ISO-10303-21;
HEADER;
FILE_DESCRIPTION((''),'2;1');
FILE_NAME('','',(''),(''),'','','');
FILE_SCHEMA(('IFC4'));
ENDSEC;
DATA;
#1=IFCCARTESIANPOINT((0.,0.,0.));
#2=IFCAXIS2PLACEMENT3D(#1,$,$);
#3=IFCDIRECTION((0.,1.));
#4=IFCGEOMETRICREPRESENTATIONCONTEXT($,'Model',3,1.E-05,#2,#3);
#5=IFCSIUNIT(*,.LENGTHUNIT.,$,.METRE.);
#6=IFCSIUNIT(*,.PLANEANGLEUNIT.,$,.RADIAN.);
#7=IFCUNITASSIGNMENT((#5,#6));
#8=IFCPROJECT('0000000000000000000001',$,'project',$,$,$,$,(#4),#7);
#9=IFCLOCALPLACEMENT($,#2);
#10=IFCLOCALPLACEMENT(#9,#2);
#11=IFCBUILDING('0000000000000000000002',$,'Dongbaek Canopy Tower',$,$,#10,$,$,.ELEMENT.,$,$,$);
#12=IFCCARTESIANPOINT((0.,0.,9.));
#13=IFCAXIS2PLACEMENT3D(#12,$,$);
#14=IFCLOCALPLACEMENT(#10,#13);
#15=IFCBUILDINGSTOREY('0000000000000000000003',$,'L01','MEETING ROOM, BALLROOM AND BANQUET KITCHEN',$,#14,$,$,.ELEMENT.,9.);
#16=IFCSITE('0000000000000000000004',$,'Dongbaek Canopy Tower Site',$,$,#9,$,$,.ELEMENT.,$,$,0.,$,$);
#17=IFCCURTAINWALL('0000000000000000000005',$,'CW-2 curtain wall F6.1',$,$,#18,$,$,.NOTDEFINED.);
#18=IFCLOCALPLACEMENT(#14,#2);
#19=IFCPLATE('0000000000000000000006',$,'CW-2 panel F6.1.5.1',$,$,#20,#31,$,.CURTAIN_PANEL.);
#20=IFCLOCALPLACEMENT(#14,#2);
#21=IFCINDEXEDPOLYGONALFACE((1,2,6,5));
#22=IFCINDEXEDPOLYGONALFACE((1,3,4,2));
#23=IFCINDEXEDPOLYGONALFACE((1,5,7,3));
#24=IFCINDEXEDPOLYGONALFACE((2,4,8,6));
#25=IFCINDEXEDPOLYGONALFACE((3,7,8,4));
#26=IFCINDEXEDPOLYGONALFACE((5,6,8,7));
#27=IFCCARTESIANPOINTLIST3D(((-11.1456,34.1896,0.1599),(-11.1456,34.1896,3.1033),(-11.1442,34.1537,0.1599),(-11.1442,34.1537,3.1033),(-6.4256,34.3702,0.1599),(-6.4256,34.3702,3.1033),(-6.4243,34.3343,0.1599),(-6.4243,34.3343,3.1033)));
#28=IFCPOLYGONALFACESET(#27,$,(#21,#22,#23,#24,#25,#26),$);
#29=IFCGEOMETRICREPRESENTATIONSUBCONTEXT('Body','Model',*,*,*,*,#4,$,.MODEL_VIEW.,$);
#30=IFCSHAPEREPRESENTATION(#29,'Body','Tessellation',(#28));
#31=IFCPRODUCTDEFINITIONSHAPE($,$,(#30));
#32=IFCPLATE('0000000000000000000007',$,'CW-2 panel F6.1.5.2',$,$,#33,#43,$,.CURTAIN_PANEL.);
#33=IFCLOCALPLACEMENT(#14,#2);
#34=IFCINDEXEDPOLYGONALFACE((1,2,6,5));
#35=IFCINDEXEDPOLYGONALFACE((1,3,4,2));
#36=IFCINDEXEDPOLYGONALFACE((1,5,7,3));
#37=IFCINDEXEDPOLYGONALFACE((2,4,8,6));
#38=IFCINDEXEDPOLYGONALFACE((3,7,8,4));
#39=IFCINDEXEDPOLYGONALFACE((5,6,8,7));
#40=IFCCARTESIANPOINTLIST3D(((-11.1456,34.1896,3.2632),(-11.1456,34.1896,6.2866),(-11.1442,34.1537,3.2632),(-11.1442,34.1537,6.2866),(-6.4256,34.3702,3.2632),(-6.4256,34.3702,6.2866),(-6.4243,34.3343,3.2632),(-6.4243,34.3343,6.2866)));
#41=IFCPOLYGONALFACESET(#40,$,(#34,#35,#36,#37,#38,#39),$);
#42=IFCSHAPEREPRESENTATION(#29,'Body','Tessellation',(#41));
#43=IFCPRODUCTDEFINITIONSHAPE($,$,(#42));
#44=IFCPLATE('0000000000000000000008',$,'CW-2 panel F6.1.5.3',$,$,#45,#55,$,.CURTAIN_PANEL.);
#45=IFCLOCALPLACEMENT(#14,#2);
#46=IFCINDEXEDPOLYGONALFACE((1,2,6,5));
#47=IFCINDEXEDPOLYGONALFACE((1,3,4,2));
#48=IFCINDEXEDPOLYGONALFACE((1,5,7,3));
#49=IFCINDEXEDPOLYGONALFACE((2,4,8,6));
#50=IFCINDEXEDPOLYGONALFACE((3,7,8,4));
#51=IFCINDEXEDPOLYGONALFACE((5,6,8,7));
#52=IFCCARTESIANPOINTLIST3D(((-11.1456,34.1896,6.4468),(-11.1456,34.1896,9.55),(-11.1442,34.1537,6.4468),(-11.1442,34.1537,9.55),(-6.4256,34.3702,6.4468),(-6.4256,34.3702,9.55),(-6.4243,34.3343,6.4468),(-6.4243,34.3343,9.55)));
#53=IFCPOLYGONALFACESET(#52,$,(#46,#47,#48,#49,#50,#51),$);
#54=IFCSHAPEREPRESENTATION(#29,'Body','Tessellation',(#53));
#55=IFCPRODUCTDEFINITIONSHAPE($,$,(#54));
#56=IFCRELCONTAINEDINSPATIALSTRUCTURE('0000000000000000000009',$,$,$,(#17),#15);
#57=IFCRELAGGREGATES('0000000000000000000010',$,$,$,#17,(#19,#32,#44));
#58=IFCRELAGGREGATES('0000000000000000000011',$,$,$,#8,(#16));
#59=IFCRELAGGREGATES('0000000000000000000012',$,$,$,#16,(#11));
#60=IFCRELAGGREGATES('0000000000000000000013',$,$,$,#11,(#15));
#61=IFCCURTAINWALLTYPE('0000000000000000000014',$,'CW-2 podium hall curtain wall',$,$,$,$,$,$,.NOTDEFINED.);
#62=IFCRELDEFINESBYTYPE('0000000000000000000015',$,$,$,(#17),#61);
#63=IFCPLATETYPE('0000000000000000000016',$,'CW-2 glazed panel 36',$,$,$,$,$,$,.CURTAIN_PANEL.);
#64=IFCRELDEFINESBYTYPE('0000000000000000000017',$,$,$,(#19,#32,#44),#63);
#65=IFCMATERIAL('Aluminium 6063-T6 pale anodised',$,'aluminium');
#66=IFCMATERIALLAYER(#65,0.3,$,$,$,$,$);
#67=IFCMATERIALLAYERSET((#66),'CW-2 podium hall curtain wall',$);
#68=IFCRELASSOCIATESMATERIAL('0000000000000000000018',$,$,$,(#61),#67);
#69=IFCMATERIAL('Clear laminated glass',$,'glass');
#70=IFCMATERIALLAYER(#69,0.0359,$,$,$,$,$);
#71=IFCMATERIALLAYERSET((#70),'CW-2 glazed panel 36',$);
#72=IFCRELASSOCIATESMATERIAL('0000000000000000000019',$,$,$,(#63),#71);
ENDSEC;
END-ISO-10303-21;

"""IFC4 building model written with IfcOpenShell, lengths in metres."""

from ifc_helpers import new_model, si_unit, direction, frame, origin, origin_2d, place, context, subcontext, project, spatial, rectangle, extrude, material, layer, layer_set, type_object, element, aggregate, save


model = new_model("IFC4")

# Units and contexts
model_context = context("Model", 3, precision=1e-05, world=origin(), true_north=direction((0.0, 1.0)))
body_context = subcontext(model_context, "Body", "Model", "MODEL_VIEW")
ifc_project = project(units=[si_unit("LENGTHUNIT", "METRE"), si_unit("PLANEANGLEUNIT", "RADIAN")], contexts=[model_context])

# Site, building, storey
site_placement = place(None, origin())
site = spatial("IfcSite", under=ifc_project, at=site_placement, Name="Dongbaek Canopy Tower Site", CompositionType="ELEMENT", RefElevation=0.0)
building_placement = place(site_placement, origin())
building = spatial("IfcBuilding", under=site, at=building_placement, Name="Dongbaek Canopy Tower", CompositionType="ELEMENT")
storey_placement = place(building_placement, frame((0.0, 0.0, 9.0)))
storey = spatial("IfcBuildingStorey", under=building, at=storey_placement, Name="L01", Description="MEETING ROOM, BALLROOM AND BANQUET KITCHEN", CompositionType="ELEMENT", Elevation=9.0)

# Curtain wall, plates
ifc_material_1 = material(Name="Aluminium 6063-T6 pale anodised", Category="aluminium")
ifc_layer_1 = layer(ifc_material_1, 0.3)
ifc_layer_set_1 = layer_set([ifc_layer_1], Name="CW-2 podium hall curtain wall")
curtain_wall_type = type_object("IfcCurtainWallType", Name="CW-2 podium hall curtain wall", PredefinedType="NOTDEFINED", material=ifc_layer_set_1)
curtain_wall_placement = place(storey_placement, origin())
curtain_wall = element("IfcCurtainWall", 1, at=curtain_wall_placement, inside=storey, type_object=curtain_wall_type, Name="CW-2 curtain wall F6.1", PredefinedType="NOTDEFINED")
ifc_material_2 = material(Name="Clear laminated glass", Category="glass")
ifc_layer_2 = layer(ifc_material_2, 0.0359)
ifc_layer_set_2 = layer_set([ifc_layer_2], Name="CW-2 glazed panel 36")
plate_type = type_object("IfcPlateType", Name="CW-2 glazed panel 36", PredefinedType="CURTAIN_PANEL", material=ifc_layer_set_2)
plate_1_placement = place(storey_placement, frame((-8.7849, 34.262, 0.1599), z_axis=(0.0, 0.0, 1.0), x_axis=(-0.999269, -0.038232, 0.0)))
plate_1 = element("IfcPlate", 2, at=plate_1_placement, type_object=plate_type, Name="CW-2 panel F6.1.5.1", PredefinedType="CURTAIN_PANEL", context=body_context, shape_type="SweptSolid", body=[
    extrude(rectangle(XDim=4.7234, YDim=0.0359, at=origin_2d()), origin(), (0.0, 0.0, 1.0), 2.9434),
])
plate_2_placement = place(storey_placement, frame((-8.7849, 34.262, 3.2632), z_axis=(0.0, 0.0, 1.0), x_axis=(-0.999269, -0.038232, 0.0)))
plate_2 = element("IfcPlate", 3, at=plate_2_placement, type_object=plate_type, Name="CW-2 panel F6.1.5.2", PredefinedType="CURTAIN_PANEL", context=body_context, shape_type="SweptSolid", body=[
    extrude(rectangle(XDim=4.7234, YDim=0.0359, at=origin_2d()), origin(), (0.0, 0.0, 1.0), 3.0234),
])
plate_3_placement = place(storey_placement, frame((-8.7849, 34.262, 6.4468), z_axis=(0.0, 0.0, 1.0), x_axis=(-0.999269, -0.038232, 0.0)))
plate_3 = element("IfcPlate", 4, at=plate_3_placement, type_object=plate_type, Name="CW-2 panel F6.1.5.3", PredefinedType="CURTAIN_PANEL", context=body_context, shape_type="SweptSolid", body=[
    extrude(rectangle(XDim=4.7234, YDim=0.0359, at=origin_2d()), origin(), (0.0, 0.0, 1.0), 3.1033),
])
aggregate(curtain_wall, [plate_1, plate_2, plate_3])

save(model, "model.ifc")
